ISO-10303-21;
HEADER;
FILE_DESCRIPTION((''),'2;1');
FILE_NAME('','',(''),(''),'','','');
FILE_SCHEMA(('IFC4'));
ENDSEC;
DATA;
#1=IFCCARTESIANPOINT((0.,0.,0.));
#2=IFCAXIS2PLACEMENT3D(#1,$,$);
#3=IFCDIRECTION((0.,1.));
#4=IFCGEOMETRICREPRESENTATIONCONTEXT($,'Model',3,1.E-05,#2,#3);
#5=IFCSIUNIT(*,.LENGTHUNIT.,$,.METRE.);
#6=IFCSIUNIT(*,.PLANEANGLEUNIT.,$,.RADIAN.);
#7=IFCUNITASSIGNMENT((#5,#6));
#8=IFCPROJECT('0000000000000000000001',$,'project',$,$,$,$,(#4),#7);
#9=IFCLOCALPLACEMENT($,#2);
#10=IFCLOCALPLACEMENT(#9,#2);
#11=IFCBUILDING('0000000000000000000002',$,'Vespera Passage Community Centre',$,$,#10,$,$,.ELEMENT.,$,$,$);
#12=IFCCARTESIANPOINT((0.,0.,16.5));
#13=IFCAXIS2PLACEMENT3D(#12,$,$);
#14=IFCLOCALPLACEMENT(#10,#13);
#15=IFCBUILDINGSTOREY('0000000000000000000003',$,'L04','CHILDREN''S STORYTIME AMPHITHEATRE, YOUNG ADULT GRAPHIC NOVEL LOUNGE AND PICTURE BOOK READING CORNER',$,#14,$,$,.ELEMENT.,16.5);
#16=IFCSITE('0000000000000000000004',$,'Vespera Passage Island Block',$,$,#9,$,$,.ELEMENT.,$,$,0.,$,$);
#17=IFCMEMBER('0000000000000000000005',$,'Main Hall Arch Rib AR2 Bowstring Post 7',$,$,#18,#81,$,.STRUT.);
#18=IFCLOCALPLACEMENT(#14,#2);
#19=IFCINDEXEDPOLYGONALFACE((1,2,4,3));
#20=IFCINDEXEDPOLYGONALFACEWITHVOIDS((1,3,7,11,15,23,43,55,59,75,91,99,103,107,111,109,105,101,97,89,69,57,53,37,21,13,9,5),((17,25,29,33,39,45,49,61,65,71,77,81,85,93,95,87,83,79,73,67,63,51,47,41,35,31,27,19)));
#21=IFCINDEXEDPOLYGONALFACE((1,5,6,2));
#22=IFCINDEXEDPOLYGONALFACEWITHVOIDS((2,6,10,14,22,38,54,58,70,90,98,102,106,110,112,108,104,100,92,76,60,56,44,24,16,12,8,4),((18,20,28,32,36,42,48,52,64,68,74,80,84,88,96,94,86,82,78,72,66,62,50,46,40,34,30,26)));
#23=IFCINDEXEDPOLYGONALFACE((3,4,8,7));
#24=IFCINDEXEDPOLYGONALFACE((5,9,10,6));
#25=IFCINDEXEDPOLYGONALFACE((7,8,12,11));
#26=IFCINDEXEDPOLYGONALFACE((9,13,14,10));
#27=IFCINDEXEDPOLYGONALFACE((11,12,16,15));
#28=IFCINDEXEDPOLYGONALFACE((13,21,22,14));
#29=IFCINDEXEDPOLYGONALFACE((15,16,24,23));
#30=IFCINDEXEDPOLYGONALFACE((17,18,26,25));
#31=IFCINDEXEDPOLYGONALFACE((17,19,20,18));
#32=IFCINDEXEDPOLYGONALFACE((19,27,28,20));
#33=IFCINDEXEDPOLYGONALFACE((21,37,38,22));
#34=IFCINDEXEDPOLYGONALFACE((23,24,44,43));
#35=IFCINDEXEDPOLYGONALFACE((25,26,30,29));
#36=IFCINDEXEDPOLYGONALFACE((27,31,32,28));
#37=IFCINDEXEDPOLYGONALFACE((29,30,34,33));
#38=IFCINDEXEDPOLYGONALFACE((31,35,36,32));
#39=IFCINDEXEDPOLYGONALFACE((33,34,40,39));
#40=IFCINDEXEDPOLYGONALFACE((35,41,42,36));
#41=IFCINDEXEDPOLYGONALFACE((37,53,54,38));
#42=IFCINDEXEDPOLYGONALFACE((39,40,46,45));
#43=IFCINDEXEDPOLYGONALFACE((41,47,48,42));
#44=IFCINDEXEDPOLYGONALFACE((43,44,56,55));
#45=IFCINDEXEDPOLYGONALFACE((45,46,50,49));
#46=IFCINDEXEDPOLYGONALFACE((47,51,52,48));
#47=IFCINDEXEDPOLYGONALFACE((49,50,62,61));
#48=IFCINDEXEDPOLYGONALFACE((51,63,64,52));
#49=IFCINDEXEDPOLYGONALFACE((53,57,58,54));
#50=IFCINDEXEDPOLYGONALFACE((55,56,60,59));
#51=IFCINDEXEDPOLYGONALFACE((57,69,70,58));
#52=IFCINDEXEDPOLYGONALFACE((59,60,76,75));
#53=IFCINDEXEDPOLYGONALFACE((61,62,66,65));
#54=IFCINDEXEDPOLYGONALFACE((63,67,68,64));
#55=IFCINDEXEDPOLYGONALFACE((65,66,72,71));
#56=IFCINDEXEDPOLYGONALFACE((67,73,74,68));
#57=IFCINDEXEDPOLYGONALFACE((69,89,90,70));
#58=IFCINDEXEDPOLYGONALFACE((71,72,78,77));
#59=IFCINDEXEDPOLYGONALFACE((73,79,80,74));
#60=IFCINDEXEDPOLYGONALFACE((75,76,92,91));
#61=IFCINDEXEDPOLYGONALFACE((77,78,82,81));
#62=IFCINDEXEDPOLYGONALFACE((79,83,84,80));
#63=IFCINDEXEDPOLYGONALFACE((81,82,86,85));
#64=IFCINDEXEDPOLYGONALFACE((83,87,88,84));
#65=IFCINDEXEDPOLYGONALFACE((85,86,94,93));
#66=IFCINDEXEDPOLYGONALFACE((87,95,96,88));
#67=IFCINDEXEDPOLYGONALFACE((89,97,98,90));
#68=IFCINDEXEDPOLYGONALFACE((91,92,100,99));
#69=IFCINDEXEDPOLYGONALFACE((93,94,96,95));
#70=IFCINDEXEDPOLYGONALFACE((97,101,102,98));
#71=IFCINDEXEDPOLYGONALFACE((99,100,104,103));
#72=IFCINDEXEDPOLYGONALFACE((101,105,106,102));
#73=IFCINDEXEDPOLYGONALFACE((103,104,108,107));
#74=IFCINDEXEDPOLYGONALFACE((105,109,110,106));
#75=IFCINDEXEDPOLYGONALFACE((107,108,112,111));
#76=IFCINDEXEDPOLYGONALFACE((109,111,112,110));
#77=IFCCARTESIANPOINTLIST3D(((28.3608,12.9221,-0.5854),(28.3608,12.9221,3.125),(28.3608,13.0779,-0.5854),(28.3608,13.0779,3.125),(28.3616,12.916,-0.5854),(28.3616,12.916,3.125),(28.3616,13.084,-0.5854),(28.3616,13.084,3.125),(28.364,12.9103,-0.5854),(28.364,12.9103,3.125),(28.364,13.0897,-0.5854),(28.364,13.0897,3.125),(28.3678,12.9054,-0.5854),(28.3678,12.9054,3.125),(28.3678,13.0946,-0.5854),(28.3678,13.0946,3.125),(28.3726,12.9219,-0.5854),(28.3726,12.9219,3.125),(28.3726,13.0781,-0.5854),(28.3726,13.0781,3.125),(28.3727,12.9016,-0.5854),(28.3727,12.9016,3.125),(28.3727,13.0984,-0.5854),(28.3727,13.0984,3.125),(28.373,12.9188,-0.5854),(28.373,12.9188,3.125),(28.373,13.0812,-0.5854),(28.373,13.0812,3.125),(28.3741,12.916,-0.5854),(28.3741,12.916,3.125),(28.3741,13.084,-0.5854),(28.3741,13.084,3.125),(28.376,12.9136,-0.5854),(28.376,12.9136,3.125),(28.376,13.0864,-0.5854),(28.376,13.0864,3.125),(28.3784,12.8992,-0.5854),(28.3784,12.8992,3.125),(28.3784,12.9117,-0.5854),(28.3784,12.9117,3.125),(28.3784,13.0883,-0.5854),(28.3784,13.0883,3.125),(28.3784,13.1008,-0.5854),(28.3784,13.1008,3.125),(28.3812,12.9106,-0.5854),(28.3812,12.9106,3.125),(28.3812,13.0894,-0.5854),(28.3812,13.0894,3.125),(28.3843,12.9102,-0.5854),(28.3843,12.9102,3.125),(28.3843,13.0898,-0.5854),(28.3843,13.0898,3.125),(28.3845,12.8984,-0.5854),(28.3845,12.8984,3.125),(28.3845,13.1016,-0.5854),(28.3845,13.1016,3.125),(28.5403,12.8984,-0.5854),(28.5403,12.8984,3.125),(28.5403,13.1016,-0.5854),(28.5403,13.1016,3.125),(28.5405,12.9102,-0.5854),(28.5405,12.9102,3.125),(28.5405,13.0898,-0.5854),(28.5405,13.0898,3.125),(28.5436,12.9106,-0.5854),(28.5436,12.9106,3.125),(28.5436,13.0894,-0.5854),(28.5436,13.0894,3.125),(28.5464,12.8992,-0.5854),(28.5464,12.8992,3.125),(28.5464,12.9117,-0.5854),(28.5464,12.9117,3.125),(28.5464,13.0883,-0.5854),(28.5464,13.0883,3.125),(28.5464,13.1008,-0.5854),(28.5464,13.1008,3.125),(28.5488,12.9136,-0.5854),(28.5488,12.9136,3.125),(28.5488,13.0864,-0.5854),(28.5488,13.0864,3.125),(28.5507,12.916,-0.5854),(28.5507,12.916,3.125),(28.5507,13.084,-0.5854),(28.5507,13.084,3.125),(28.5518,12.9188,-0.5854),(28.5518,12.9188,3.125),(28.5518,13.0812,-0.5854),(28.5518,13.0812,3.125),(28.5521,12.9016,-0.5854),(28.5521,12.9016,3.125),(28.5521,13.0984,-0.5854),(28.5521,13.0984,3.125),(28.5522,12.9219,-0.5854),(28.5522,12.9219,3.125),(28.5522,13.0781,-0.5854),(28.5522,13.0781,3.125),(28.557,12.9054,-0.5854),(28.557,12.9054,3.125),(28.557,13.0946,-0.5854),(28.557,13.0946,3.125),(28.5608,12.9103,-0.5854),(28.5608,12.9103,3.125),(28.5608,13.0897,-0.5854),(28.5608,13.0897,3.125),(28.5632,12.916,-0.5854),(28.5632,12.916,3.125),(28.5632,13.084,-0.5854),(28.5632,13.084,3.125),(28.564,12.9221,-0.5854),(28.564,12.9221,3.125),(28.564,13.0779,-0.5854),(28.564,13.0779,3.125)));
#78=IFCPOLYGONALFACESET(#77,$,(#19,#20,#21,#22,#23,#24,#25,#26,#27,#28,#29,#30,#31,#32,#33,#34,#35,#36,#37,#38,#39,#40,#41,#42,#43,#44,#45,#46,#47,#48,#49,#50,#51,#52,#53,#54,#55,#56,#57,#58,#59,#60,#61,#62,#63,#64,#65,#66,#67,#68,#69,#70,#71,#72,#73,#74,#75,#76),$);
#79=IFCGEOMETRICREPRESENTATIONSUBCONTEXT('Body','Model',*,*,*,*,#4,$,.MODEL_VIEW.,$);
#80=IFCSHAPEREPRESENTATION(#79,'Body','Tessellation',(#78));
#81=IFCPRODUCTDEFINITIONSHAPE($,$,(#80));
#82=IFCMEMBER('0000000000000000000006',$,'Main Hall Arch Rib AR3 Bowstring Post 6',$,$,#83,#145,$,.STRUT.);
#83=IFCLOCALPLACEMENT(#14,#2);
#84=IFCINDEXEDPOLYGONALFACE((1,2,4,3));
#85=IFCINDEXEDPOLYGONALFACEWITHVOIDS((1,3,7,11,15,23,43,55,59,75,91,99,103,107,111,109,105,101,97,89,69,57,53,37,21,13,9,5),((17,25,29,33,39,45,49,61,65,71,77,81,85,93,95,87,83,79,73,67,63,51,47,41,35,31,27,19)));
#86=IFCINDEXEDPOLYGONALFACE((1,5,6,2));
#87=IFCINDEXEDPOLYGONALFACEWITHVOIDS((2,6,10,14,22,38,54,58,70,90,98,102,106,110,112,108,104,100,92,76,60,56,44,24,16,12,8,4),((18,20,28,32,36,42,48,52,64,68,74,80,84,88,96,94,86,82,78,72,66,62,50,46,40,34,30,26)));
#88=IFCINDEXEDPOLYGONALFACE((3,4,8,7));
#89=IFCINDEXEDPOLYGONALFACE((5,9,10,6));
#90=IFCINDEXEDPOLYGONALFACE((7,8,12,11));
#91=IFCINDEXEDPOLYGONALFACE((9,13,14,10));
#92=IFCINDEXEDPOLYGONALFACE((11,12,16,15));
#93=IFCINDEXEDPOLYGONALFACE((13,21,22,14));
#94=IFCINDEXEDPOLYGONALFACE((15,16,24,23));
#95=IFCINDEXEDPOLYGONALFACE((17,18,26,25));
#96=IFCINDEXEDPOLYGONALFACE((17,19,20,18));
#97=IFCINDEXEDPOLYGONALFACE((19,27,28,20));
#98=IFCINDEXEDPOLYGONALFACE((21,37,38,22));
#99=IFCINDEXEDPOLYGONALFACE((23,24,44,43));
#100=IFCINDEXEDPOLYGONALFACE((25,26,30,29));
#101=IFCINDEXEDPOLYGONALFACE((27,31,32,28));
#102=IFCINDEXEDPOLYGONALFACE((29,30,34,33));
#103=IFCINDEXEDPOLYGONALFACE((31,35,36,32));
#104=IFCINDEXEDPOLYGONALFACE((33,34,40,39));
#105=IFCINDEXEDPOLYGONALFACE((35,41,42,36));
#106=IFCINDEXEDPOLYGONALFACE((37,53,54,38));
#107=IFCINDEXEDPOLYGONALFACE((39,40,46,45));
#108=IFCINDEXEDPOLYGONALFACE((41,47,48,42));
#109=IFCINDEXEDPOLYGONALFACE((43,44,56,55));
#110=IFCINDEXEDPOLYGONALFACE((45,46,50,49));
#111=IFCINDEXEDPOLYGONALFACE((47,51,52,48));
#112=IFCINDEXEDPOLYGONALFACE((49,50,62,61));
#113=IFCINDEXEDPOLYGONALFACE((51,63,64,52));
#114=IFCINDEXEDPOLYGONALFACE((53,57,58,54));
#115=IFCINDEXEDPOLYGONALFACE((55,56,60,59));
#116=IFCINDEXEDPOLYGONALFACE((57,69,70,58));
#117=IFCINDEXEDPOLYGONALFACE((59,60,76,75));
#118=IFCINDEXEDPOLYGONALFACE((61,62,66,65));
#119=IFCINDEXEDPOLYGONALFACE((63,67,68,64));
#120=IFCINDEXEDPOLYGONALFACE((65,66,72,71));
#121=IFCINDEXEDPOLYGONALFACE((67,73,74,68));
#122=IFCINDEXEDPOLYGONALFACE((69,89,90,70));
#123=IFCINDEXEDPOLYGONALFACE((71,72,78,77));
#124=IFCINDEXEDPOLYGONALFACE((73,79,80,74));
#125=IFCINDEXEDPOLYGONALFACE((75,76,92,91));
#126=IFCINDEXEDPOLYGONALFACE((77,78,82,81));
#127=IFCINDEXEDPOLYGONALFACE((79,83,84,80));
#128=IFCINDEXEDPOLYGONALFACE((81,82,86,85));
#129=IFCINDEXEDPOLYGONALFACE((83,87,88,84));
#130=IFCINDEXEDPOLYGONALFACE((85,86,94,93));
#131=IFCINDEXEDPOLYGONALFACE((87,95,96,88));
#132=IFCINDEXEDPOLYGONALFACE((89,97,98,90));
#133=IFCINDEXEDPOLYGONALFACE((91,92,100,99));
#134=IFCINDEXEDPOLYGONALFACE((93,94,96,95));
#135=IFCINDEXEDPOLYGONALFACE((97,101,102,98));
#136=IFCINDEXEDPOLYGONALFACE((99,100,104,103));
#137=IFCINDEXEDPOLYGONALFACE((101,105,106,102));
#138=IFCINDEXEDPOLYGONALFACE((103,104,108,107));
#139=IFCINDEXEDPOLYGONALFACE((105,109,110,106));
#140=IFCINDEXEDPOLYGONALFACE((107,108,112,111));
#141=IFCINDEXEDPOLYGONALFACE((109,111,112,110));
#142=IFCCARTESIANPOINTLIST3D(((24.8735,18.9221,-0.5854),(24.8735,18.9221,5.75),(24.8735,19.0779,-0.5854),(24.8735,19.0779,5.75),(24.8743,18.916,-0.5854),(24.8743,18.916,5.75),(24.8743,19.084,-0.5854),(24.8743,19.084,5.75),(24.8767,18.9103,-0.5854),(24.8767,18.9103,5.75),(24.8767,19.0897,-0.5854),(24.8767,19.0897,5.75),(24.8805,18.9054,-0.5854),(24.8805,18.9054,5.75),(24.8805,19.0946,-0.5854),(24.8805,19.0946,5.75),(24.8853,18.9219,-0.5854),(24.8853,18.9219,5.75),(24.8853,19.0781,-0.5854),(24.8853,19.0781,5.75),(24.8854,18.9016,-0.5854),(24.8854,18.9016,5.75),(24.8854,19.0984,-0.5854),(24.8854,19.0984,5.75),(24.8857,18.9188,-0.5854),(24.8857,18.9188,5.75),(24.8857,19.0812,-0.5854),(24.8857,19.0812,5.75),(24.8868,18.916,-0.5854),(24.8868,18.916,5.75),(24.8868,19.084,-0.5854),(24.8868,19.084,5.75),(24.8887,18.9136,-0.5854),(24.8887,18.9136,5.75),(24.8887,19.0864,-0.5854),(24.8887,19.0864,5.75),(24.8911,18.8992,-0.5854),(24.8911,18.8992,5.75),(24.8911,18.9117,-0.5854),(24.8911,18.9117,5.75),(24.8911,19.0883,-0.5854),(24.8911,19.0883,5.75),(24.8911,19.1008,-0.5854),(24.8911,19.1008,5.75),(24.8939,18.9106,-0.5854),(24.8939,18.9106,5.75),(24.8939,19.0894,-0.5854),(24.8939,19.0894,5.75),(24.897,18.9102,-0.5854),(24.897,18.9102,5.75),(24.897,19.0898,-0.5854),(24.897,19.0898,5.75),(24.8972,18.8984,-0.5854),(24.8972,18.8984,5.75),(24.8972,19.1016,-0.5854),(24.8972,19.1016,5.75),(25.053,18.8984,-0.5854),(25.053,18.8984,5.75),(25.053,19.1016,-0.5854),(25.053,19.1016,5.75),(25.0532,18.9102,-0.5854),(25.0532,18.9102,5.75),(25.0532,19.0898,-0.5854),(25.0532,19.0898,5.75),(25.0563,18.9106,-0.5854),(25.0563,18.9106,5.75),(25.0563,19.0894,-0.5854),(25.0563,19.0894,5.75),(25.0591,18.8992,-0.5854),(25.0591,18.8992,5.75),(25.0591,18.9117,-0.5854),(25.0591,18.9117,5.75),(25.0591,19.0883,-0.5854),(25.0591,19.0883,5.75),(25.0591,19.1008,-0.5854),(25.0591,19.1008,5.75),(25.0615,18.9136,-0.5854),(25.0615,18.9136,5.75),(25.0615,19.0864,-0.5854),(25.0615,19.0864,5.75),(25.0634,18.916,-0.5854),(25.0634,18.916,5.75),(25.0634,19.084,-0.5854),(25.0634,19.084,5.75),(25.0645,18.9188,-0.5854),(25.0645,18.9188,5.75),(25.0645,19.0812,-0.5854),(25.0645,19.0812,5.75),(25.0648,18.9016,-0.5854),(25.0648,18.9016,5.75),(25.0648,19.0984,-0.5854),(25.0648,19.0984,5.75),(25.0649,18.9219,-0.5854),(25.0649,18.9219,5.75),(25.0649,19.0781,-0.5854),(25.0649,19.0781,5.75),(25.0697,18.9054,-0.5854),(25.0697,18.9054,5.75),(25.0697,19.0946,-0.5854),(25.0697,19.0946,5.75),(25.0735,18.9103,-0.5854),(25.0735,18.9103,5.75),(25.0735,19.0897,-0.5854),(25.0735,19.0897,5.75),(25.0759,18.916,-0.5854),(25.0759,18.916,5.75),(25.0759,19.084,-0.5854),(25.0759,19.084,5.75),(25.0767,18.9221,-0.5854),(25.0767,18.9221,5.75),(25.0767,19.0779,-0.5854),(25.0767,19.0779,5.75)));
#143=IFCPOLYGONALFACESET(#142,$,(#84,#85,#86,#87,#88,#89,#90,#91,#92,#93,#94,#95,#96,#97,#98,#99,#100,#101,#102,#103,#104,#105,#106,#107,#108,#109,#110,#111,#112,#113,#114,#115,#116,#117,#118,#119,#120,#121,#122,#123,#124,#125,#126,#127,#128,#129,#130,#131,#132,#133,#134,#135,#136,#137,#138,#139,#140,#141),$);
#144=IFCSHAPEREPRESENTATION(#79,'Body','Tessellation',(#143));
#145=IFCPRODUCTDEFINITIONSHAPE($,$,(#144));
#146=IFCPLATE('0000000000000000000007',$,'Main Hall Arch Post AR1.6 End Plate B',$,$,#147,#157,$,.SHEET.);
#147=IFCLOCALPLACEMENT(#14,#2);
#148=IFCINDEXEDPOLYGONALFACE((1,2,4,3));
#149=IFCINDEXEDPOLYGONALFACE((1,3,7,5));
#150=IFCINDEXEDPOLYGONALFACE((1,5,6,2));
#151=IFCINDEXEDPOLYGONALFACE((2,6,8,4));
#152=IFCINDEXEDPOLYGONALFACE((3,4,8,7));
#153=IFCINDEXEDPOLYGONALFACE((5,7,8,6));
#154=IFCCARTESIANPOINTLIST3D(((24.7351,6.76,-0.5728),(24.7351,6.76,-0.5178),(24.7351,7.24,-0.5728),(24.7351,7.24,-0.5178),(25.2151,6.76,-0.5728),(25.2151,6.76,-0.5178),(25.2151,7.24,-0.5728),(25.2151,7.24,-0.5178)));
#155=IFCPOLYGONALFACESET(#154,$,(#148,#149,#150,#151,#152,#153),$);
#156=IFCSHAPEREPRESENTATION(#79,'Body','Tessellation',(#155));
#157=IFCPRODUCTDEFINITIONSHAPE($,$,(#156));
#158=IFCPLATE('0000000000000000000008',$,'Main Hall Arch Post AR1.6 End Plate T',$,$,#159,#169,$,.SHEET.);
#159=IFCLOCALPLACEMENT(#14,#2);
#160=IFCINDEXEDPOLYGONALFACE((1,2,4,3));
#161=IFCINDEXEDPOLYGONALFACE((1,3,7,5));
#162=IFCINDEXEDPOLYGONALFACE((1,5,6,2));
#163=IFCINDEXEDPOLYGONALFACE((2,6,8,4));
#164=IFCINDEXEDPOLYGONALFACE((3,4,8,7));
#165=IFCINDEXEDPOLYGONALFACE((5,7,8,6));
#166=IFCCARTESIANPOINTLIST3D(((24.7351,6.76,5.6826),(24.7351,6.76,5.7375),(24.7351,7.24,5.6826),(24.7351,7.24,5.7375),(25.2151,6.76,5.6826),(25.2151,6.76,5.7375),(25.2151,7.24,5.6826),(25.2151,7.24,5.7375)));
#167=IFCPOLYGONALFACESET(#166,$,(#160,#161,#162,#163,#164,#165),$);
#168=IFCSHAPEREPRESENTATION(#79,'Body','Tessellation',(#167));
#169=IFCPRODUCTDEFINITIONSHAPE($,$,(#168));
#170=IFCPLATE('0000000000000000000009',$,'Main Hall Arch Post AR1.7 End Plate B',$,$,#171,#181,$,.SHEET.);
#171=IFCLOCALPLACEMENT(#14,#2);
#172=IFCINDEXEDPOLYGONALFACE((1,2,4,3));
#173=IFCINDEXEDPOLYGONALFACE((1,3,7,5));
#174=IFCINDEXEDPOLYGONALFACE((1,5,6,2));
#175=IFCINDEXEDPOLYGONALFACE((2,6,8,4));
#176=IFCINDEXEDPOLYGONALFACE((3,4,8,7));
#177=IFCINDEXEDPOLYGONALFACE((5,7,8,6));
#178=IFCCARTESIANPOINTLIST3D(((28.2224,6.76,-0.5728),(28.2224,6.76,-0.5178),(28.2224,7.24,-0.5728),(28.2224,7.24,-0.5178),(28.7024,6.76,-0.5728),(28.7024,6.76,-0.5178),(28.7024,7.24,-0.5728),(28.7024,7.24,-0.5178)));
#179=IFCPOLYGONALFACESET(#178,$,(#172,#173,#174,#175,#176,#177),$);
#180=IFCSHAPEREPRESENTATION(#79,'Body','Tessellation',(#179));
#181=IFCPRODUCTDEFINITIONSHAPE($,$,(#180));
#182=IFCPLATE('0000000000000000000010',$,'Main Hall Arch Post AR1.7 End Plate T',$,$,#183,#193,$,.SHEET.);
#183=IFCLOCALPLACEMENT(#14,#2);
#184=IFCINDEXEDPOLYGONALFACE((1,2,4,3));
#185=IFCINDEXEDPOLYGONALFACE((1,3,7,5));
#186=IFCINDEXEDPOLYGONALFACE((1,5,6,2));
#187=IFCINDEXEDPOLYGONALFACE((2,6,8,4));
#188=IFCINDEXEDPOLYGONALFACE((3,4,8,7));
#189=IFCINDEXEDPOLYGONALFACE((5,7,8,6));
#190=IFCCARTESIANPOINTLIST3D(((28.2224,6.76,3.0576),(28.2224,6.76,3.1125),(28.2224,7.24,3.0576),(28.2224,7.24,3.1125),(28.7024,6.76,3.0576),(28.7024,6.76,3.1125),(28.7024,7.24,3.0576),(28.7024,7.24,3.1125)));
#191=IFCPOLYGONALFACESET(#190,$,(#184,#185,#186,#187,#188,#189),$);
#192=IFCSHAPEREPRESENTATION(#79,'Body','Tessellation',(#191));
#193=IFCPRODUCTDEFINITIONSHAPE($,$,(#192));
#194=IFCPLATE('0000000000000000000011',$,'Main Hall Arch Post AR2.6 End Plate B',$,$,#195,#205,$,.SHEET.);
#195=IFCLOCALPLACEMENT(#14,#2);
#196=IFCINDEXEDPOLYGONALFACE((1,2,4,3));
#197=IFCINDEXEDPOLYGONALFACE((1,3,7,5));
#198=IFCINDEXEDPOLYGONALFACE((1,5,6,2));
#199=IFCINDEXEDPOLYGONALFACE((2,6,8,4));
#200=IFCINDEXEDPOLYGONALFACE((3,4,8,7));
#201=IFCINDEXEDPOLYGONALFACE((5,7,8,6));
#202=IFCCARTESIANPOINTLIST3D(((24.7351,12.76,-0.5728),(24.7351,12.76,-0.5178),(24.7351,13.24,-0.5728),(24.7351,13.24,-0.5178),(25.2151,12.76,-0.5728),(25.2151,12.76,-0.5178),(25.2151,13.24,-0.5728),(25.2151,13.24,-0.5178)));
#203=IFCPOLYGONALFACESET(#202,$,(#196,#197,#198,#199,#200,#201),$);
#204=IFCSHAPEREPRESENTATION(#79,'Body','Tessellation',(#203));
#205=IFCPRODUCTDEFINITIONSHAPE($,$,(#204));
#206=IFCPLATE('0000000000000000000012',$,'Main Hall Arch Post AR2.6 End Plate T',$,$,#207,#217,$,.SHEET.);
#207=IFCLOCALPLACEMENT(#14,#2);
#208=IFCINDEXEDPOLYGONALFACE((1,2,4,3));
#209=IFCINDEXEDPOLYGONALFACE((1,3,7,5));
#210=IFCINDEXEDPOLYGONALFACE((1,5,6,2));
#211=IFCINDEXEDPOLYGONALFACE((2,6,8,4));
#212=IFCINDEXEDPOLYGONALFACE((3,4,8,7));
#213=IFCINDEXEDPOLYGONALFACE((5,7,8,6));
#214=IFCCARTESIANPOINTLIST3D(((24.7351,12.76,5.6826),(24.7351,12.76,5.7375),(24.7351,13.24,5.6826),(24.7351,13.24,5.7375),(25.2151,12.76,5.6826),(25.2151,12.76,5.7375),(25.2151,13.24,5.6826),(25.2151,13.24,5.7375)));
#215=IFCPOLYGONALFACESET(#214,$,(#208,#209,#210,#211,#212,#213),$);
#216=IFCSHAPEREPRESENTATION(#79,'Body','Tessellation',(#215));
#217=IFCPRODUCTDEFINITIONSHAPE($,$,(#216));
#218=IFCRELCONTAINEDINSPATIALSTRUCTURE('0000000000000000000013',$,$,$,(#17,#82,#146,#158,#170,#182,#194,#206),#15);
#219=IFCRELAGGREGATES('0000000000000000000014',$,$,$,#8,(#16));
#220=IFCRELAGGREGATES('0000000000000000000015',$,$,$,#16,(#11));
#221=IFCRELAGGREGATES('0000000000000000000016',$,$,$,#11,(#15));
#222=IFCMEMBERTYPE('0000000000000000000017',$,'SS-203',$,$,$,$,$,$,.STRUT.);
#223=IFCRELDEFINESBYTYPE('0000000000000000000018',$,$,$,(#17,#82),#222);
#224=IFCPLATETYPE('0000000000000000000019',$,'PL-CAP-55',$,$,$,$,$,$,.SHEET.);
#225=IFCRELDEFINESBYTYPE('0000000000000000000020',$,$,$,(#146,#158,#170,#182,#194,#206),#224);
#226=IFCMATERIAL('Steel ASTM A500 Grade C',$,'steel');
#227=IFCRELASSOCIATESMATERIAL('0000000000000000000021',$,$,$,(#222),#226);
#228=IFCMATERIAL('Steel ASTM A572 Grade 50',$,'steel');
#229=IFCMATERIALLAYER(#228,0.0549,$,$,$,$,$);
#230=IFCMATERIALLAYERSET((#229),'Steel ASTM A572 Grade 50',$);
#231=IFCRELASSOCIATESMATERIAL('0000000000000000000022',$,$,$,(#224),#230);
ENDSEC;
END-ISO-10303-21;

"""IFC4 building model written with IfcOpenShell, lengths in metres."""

from ifc_helpers import new_model, si_unit, direction, frame, origin, origin_2d, place, context, subcontext, project, spatial, rectangle, hollow_rectangle, extrude, material, layer, layer_set, material_profile, profile_set, type_object, element, save


model = new_model("IFC4")

# Units and contexts
model_context = context("Model", 3, precision=1e-05, world=origin(), true_north=direction((0.0, 1.0)))
body_context = subcontext(model_context, "Body", "Model", "MODEL_VIEW")
ifc_project = project(units=[si_unit("LENGTHUNIT", "METRE"), si_unit("PLANEANGLEUNIT", "RADIAN")], contexts=[model_context])

# Site, building, storey
site_placement = place(None, origin())
site = spatial("IfcSite", under=ifc_project, at=site_placement, Name="Vespera Passage Island Block", CompositionType="ELEMENT", RefElevation=0.0)
building_placement = place(site_placement, origin())
building = spatial("IfcBuilding", under=site, at=building_placement, Name="Vespera Passage Community Centre", CompositionType="ELEMENT")
storey_placement = place(building_placement, frame((0.0, 0.0, 16.5)))
storey = spatial("IfcBuildingStorey", under=building, at=storey_placement, Name="L04", Description="CHILDREN'S STORYTIME AMPHITHEATRE, YOUNG ADULT GRAPHIC NOVEL LOUNGE AND PICTURE BOOK READING CORNER", CompositionType="ELEMENT", Elevation=16.5)

# Members
ifc_material_1 = material(Name="Steel ASTM A500 Grade C", Category="steel")
ifc_material_profile_1 = material_profile(ifc_material_1, hollow_rectangle(XDim=0.2031, YDim=0.2031, WallThickness=0.0117, InnerFilletRadius=0.0117, OuterFilletRadius=0.0237, at=origin_2d()), Name="HSS203X203X12.7")
ifc_profile_set_1 = profile_set([ifc_material_profile_1], Name="Steel ASTM A500 Grade C")
member_type_1 = type_object("IfcMemberType", Name="SS-203", PredefinedType="STRUT", material=ifc_profile_set_1)
member_1_placement = place(storey_placement, frame((28.4624, 13.0, -0.5854), z_axis=(0.0, 0.0, 1.0), x_axis=(1.0, 0.0, 0.0)))
element("IfcMember", 1, at=member_1_placement, inside=storey, type_object=member_type_1, Name="Main Hall Arch Rib AR2 Bowstring Post 7", PredefinedType="STRUT", context=body_context, shape_type="SweptSolid", body=[
    extrude(hollow_rectangle(XDim=0.2031, YDim=0.2031, WallThickness=0.0117, InnerFilletRadius=0.0117, OuterFilletRadius=0.0237, at=origin_2d()), origin(), (0.0, 0.0, 1.0), 3.7104),
])
member_2_placement = place(storey_placement, frame((24.9751, 19.0, -0.5854), z_axis=(0.0, 0.0, 1.0), x_axis=(1.0, 0.0, 0.0)))
element("IfcMember", 2, at=member_2_placement, inside=storey, type_object=member_type_1, Name="Main Hall Arch Rib AR3 Bowstring Post 6", PredefinedType="STRUT", context=body_context, shape_type="SweptSolid", body=[
    extrude(hollow_rectangle(XDim=0.2031, YDim=0.2031, WallThickness=0.0117, InnerFilletRadius=0.0117, OuterFilletRadius=0.0237, at=origin_2d()), origin(), (0.0, 0.0, 1.0), 6.3354),
])

# Plates
ifc_material_2 = material(Name="Steel ASTM A572 Grade 50", Category="steel")
ifc_layer_1 = layer(ifc_material_2, 0.0549)
ifc_layer_set_1 = layer_set([ifc_layer_1], Name="Steel ASTM A572 Grade 50")
plate_type_1 = type_object("IfcPlateType", Name="PL-CAP-55", PredefinedType="SHEET", material=ifc_layer_set_1)
for number, where, z_axis, x_axis, name in (
    (3, (24.9751, 7.0, -0.5728), (0.0, 0.0, 1.0), (1.0, 0.0, 0.0), "Main Hall Arch Post AR1.6 End Plate B"),
    (4, (24.9751, 7.0, 5.6826), (0.0, 0.0, 1.0), (1.0, 0.0, 0.0), "Main Hall Arch Post AR1.6 End Plate T"),
    (5, (28.4624, 7.0, -0.5728), (0.0, 0.0, 1.0), (1.0, 0.0, 0.0), "Main Hall Arch Post AR1.7 End Plate B"),
    (6, (28.4624, 7.0, 3.0576), (0.0, 0.0, 1.0), (1.0, 0.0, 0.0), "Main Hall Arch Post AR1.7 End Plate T"),
    (7, (24.9751, 13.0, -0.5728), (0.0, 0.0, 1.0), (1.0, 0.0, 0.0), "Main Hall Arch Post AR2.6 End Plate B"),
    (8, (24.9751, 13.0, 5.6826), (0.0, 0.0, 1.0), (1.0, 0.0, 0.0), "Main Hall Arch Post AR2.6 End Plate T"),
):
    element("IfcPlate", number, at=place(storey_placement, frame(where, z_axis=z_axis, x_axis=x_axis)), inside=storey, type_object=plate_type_1, Name=name, PredefinedType="SHEET", context=body_context, shape_type="SweptSolid", body=[
        extrude(rectangle(XDim=0.48, YDim=0.48, at=origin_2d()), origin(), (0.0, 0.0, 1.0), 0.0549),
    ])

save(model, "model.ifc")
